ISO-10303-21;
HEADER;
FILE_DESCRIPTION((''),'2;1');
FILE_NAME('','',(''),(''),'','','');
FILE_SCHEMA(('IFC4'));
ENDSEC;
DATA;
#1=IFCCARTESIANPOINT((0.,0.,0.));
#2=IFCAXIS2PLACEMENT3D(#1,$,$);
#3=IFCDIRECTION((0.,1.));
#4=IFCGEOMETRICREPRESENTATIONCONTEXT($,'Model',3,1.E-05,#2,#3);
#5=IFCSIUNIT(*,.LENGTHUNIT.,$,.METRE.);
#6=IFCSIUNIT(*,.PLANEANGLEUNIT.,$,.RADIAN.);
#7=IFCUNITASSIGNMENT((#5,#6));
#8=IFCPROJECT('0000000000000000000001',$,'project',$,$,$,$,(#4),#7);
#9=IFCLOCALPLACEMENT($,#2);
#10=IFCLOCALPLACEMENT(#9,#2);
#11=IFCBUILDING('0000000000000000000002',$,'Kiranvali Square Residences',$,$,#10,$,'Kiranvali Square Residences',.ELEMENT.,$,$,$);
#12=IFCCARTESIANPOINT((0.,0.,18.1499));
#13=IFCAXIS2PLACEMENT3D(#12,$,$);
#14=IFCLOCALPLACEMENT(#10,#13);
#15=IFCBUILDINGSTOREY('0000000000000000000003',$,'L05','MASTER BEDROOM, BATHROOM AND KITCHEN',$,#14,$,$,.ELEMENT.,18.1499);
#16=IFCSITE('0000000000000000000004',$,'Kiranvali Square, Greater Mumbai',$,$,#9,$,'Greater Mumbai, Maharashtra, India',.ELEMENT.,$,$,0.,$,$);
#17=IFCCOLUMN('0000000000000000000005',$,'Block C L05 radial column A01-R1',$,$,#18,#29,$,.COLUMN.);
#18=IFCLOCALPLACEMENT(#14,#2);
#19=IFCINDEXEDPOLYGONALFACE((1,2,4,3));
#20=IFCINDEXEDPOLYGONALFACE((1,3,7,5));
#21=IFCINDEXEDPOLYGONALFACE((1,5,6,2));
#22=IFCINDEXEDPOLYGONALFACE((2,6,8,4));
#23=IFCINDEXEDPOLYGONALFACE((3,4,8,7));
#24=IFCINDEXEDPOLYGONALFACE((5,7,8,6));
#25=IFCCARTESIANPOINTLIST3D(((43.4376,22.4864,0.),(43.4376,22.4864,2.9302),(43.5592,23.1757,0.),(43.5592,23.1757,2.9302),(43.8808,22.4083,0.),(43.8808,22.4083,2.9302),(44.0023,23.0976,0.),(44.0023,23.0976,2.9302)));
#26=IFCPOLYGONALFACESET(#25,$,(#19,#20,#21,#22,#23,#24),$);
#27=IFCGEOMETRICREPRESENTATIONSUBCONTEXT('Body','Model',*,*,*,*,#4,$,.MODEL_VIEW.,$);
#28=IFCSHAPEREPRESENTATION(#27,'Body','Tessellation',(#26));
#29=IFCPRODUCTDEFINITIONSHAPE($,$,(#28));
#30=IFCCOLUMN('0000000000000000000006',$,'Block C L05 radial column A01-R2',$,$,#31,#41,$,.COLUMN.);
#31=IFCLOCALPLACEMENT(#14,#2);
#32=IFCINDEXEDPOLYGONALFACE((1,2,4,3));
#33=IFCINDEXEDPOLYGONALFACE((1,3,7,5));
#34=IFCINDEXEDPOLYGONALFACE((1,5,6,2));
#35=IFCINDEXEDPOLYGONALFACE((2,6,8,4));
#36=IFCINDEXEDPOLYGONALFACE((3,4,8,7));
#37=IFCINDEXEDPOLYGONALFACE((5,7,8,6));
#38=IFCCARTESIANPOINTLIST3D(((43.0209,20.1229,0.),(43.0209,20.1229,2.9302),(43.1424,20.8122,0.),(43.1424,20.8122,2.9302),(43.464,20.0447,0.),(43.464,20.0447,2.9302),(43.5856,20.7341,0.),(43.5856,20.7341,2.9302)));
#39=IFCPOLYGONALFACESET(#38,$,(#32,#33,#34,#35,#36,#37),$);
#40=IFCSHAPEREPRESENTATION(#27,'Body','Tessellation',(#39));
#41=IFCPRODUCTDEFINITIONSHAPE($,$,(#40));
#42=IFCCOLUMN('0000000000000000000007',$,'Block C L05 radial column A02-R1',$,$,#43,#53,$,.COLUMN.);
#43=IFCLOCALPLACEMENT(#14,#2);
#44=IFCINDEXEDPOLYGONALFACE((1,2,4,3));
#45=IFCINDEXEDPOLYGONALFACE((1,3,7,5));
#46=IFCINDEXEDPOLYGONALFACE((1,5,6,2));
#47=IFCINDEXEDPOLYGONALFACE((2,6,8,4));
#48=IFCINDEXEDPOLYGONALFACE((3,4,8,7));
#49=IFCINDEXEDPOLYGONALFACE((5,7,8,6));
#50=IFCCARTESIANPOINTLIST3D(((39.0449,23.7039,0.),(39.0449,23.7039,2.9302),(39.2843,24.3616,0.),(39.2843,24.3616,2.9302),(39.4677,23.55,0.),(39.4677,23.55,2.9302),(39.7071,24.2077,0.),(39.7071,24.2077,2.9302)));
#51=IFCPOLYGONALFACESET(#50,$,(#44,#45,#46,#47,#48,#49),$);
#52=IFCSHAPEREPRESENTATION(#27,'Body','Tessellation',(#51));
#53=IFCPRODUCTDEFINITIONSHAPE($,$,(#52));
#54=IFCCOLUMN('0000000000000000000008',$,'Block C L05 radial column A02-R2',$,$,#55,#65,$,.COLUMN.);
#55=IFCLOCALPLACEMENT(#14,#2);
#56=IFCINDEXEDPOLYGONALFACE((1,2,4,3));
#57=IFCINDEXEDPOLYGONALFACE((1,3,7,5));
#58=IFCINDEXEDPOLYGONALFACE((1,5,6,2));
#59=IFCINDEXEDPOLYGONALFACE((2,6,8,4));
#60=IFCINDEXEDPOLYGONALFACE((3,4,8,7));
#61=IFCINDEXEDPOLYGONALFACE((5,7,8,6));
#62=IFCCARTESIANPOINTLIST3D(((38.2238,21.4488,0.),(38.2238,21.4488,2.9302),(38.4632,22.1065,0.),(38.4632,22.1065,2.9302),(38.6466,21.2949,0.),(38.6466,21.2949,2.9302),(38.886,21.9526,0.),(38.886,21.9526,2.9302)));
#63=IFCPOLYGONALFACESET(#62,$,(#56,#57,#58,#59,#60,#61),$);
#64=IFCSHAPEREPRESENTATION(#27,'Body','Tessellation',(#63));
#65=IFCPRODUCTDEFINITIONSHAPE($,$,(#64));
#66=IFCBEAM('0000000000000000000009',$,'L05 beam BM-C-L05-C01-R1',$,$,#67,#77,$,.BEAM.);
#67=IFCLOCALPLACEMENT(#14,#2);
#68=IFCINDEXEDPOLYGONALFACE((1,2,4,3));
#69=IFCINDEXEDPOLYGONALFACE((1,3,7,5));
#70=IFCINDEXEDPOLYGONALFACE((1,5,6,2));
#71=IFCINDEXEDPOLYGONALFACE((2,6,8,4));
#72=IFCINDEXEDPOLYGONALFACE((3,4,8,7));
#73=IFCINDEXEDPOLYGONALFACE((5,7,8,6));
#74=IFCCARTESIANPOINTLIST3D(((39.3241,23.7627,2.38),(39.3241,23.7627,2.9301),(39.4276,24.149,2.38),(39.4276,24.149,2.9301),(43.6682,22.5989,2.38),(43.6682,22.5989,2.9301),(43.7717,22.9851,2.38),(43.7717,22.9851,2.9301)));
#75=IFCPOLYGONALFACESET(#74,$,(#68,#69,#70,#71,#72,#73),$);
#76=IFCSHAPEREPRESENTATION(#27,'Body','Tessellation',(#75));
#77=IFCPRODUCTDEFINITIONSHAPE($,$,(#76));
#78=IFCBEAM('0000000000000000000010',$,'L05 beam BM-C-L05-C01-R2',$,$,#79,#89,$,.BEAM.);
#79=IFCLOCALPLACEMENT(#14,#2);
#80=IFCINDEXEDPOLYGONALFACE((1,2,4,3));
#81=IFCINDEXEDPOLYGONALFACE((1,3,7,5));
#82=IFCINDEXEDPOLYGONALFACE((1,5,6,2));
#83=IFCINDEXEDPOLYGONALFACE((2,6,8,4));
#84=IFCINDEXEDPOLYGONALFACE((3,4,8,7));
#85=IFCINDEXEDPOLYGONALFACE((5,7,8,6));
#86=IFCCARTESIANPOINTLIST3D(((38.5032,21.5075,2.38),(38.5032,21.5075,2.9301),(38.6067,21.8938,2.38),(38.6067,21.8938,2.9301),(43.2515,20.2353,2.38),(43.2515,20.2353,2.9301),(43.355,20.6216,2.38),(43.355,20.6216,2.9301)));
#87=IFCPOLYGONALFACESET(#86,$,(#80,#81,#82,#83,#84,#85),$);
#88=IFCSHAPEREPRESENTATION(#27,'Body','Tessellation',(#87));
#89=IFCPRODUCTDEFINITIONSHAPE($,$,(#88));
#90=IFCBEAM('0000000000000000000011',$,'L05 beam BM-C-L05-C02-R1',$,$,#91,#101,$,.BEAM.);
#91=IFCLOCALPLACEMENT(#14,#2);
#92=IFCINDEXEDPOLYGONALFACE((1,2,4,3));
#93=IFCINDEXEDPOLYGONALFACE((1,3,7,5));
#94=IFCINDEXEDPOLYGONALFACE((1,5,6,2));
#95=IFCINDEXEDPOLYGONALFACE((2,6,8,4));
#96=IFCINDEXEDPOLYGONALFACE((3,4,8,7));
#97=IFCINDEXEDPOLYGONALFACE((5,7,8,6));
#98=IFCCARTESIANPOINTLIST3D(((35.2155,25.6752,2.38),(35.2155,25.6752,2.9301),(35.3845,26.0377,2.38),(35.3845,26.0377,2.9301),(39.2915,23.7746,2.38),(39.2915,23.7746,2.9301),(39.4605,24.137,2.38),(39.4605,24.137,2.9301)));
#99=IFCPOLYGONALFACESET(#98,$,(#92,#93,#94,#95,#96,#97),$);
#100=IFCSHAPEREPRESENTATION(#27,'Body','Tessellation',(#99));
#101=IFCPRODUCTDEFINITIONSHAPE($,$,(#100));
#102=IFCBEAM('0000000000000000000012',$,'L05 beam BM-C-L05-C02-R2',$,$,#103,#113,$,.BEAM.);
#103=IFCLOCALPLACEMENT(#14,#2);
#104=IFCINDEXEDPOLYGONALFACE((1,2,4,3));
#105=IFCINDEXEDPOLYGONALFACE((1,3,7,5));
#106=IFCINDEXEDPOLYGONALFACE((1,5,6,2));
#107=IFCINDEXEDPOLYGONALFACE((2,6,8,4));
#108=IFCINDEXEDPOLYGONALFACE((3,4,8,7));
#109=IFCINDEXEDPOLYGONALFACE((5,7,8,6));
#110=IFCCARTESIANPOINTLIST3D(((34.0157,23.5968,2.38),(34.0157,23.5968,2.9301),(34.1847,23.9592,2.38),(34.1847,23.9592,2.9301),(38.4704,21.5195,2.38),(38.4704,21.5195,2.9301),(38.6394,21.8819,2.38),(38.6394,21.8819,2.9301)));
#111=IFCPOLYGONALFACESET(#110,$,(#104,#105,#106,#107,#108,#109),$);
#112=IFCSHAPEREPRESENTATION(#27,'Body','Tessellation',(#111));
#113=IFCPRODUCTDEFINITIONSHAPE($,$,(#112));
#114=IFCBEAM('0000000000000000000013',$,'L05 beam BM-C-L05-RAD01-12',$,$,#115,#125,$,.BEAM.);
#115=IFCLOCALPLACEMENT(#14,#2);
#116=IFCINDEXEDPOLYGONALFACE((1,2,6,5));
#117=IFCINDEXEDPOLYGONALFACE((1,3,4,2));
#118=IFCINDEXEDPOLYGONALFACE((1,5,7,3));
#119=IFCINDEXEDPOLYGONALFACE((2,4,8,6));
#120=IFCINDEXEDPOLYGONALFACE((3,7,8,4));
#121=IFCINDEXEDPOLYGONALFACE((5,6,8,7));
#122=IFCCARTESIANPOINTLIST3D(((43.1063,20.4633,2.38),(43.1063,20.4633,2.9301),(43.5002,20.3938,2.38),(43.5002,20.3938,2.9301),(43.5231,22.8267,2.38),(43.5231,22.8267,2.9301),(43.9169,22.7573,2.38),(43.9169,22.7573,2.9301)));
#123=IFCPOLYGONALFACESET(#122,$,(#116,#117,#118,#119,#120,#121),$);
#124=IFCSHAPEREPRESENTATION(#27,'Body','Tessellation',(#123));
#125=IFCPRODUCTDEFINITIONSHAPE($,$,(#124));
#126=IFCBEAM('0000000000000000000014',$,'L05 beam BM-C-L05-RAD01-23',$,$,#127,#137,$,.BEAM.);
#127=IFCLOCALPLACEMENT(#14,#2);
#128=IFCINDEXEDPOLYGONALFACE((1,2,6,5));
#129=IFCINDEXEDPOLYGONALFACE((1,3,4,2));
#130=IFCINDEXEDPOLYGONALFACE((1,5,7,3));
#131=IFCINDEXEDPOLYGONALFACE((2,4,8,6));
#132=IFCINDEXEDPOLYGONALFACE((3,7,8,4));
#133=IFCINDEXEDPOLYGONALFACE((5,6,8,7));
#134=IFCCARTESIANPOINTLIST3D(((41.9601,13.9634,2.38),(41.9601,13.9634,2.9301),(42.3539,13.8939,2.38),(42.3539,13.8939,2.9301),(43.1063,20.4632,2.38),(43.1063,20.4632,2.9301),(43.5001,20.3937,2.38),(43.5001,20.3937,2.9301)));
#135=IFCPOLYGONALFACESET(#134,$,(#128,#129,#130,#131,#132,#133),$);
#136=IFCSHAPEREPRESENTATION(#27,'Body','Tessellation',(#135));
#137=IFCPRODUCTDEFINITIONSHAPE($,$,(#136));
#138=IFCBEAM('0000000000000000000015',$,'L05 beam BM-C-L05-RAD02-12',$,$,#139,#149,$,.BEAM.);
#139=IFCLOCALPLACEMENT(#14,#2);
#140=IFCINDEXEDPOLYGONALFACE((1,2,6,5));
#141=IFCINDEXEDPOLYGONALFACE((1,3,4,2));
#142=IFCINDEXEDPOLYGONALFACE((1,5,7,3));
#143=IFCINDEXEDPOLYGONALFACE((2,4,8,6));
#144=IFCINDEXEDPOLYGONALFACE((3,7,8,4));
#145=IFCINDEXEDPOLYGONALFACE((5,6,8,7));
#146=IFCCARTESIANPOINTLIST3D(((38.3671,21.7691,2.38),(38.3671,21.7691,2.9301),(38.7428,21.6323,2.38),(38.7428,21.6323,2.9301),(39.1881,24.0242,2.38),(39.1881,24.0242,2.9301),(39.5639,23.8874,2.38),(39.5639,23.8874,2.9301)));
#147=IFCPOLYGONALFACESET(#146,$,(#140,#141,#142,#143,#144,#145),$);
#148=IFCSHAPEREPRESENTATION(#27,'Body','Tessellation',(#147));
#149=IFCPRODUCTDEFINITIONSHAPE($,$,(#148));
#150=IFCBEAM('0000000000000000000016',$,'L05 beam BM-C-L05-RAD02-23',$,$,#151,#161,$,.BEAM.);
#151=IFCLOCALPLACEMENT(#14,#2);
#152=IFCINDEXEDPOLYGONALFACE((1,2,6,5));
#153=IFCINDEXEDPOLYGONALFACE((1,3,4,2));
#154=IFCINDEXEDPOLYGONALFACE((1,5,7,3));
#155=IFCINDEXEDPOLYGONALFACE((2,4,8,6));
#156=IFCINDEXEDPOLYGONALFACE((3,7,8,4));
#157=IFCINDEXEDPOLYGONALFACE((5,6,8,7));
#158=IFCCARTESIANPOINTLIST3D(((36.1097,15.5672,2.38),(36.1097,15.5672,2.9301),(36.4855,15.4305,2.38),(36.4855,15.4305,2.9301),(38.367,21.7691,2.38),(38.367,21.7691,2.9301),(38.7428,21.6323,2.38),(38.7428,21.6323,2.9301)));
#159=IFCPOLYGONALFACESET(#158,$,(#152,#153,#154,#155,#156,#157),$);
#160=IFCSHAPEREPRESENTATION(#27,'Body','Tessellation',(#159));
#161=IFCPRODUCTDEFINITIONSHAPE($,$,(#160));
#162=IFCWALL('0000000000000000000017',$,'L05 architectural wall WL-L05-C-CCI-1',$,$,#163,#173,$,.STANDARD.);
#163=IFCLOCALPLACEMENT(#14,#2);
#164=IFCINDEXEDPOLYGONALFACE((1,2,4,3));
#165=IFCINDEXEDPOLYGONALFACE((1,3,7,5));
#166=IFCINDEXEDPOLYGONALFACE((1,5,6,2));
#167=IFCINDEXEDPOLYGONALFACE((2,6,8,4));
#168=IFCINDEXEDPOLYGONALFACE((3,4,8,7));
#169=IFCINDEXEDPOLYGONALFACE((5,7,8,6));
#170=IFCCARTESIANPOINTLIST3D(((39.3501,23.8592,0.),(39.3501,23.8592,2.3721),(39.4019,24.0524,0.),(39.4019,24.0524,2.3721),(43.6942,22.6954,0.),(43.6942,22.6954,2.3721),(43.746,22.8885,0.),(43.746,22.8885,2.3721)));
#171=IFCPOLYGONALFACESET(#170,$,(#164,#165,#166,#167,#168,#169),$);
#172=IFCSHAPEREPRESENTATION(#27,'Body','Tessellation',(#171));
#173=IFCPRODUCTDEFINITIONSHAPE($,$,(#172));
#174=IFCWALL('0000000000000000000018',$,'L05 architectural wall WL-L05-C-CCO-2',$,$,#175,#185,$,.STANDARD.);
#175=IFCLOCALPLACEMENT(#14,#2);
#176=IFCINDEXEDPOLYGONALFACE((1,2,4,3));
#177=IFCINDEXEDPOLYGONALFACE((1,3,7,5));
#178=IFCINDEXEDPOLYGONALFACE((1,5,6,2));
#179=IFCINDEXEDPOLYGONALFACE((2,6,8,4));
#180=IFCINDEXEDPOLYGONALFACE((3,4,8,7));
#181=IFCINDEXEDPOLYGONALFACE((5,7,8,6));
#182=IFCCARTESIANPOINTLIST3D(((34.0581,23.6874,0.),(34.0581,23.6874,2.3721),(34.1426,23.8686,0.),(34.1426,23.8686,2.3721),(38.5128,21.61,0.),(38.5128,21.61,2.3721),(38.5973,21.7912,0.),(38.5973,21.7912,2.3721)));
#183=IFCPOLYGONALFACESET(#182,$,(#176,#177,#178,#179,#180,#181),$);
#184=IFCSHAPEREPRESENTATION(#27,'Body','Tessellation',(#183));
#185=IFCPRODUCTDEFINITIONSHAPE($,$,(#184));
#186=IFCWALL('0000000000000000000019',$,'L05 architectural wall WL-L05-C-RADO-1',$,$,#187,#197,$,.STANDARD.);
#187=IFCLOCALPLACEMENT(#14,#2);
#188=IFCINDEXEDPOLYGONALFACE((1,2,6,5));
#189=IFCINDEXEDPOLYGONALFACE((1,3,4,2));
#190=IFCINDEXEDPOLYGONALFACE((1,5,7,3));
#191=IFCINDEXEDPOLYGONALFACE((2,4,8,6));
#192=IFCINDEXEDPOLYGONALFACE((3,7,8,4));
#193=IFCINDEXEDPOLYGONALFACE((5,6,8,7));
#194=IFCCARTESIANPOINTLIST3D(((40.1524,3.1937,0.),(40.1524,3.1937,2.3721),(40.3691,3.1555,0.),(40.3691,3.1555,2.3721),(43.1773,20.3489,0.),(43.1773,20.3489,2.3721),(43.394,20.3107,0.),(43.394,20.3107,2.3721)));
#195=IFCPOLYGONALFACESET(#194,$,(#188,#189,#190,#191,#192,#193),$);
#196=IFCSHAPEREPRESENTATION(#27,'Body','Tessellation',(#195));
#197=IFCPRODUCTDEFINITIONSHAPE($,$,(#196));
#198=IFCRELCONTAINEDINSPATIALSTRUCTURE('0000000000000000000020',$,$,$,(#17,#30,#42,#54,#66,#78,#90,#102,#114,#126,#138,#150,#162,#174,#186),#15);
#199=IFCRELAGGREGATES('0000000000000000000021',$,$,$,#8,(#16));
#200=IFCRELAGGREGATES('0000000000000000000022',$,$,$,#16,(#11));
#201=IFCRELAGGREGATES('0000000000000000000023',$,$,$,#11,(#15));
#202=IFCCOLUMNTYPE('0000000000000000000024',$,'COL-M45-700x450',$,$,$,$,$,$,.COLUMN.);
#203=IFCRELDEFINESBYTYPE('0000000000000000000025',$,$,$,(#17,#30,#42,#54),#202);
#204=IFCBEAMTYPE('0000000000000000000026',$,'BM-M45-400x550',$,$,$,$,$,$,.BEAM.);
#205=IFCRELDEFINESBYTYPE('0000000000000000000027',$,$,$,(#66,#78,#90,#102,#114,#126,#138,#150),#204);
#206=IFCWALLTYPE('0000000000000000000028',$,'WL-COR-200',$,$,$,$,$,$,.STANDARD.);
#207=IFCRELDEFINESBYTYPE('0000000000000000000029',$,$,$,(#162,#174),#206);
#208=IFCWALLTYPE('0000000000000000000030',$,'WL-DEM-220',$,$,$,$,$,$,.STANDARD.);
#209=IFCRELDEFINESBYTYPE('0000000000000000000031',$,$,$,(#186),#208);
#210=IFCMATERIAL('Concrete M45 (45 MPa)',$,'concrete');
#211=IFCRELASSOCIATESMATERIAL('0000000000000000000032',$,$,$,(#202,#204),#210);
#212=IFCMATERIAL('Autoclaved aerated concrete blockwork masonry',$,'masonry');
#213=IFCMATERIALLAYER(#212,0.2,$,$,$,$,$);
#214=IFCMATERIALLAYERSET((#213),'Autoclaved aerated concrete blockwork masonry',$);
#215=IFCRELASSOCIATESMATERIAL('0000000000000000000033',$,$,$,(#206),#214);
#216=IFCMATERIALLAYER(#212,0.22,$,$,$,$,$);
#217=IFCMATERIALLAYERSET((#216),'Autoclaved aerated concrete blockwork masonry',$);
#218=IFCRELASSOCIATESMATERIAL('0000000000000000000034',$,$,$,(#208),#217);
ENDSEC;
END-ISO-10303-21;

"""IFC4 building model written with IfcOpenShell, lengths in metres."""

from ifc_helpers import new_model, si_unit, direction, frame, frame_2d, origin, origin_2d, place, context, subcontext, project, spatial, rectangle, extrude, material, layer, layer_set, material_profile, profile_set, type_object, element, save


model = new_model("IFC4")

# Units and contexts
model_context = context("Model", 3, precision=1e-05, world=origin(), true_north=direction((0.0, 1.0)))
body_context = subcontext(model_context, "Body", "Model", "MODEL_VIEW")
ifc_project = project(units=[si_unit("LENGTHUNIT", "METRE"), si_unit("PLANEANGLEUNIT", "RADIAN")], contexts=[model_context])

# Site, building, storey
site_placement = place(None, origin())
site = spatial("IfcSite", under=ifc_project, at=site_placement, Name="Kiranvali Square, Greater Mumbai", LongName="Greater Mumbai, Maharashtra, India", CompositionType="ELEMENT", RefElevation=0.0)
building_placement = place(site_placement, origin())
building = spatial("IfcBuilding", under=site, at=building_placement, Name="Kiranvali Square Residences", LongName="Kiranvali Square Residences", CompositionType="ELEMENT")
storey_placement = place(building_placement, frame((0.0, 0.0, 18.1499)))
storey = spatial("IfcBuildingStorey", under=building, at=storey_placement, Name="L05", Description="MASTER BEDROOM, BATHROOM AND KITCHEN", CompositionType="ELEMENT", Elevation=18.1499)

# Columns
ifc_material_1 = material(Name="Concrete M45 (45 MPa)", Category="concrete")
ifc_material_profile_1 = material_profile(ifc_material_1, rectangle(XDim=0.45, YDim=0.7, at=origin_2d()), Name="RC 700x450")
ifc_profile_set_1 = profile_set([ifc_material_profile_1], Name="Concrete M45 (45 MPa)")
column_type = type_object("IfcColumnType", Name="COL-M45-700x450", PredefinedType="COLUMN", material=ifc_profile_set_1)
for number, where, z_axis, x_axis, name in (
    (1, (43.72, 22.792, 0.0), (0.0, 0.0, 1.0), (-0.984808, 0.173648, 0.0), "Block C L05 radial column A01-R1"),
    (2, (43.3032, 20.4285, 0.0), (0.0, 0.0, 1.0), (-0.984808, 0.173648, 0.0), "Block C L05 radial column A01-R2"),
    (3, (39.376, 23.9558, 0.0), (0.0, 0.0, 1.0), (-0.939693, 0.34202, 0.0), "Block C L05 radial column A02-R1"),
    (4, (38.5549, 21.7007, 0.0), (0.0, 0.0, 1.0), (-0.939693, 0.34202, 0.0), "Block C L05 radial column A02-R2"),
):
    element("IfcColumn", number, at=place(storey_placement, frame(where, z_axis=z_axis, x_axis=x_axis)), inside=storey, type_object=column_type, Name=name, PredefinedType="COLUMN", context=body_context, shape_type="SweptSolid", body=[
        extrude(rectangle(XDim=0.45, YDim=0.7, at=origin_2d()), origin(), (0.0, 0.0, 1.0), 2.9302),
    ])

# Beams
ifc_material_profile_2 = material_profile(ifc_material_1, rectangle(XDim=0.3999, YDim=0.55, at=origin_2d()), Name="RC 400x550")
ifc_profile_set_2 = profile_set([ifc_material_profile_2], Name="Concrete M45 (45 MPa)")
beam_type = type_object("IfcBeamType", Name="BM-M45-400x550", PredefinedType="BEAM", material=ifc_profile_set_2)
beam_1_placement = place(storey_placement, frame((43.72, 22.792, 2.655), z_axis=(-0.965934, 0.258788, 0.0), x_axis=(-0.258788, -0.965934, 0.0)))
element("IfcBeam", 5, at=beam_1_placement, inside=storey, type_object=beam_type, Name="L05 beam BM-C-L05-C01-R1", PredefinedType="BEAM", context=body_context, shape_type="SweptSolid", body=[
    extrude(rectangle(XDim=0.3999, YDim=0.55, at=origin_2d()), origin(), (0.0, 0.0, 1.0), 4.4973),
])
beam_2_placement = place(storey_placement, frame((43.3032, 20.4285, 2.655), z_axis=(-0.96593, 0.258803, 0.0), x_axis=(-0.258803, -0.96593, 0.0)))
element("IfcBeam", 6, at=beam_2_placement, inside=storey, type_object=beam_type, Name="L05 beam BM-C-L05-C01-R2", PredefinedType="BEAM", context=body_context, shape_type="SweptSolid", body=[
    extrude(rectangle(XDim=0.3999, YDim=0.55, at=origin_2d()), origin(), (0.0, 0.0, 1.0), 4.9158),
])
beam_3_placement = place(storey_placement, frame((39.376, 23.9558, 2.655), z_axis=(-0.906308, 0.422618, 0.0), x_axis=(-0.422618, -0.906308, 0.0)))
element("IfcBeam", 7, at=beam_3_placement, inside=storey, type_object=beam_type, Name="L05 beam BM-C-L05-C02-R1", PredefinedType="BEAM", context=body_context, shape_type="SweptSolid", body=[
    extrude(rectangle(XDim=0.3999, YDim=0.55, at=origin_2d()), origin(), (0.0, 0.0, 1.0), 4.4973),
])
beam_4_placement = place(storey_placement, frame((38.5549, 21.7007, 2.655), z_axis=(-0.906302, 0.42263, 0.0), x_axis=(-0.42263, -0.906302, 0.0)))
element("IfcBeam", 8, at=beam_4_placement, inside=storey, type_object=beam_type, Name="L05 beam BM-C-L05-C02-R2", PredefinedType="BEAM", context=body_context, shape_type="SweptSolid", body=[
    extrude(rectangle(XDim=0.3999, YDim=0.55, at=origin_2d()), origin(), (0.0, 0.0, 1.0), 4.9153),
])
beam_5_placement = place(storey_placement, frame((43.72, 22.792, 2.655), z_axis=(-0.173646, -0.984808, 0.0), x_axis=(0.984808, -0.173646, 0.0)))
element("IfcBeam", 9, at=beam_5_placement, inside=storey, type_object=beam_type, Name="L05 beam BM-C-L05-RAD01-12", PredefinedType="BEAM", context=body_context, shape_type="SweptSolid", body=[
    extrude(rectangle(XDim=0.3999, YDim=0.55, at=origin_2d()), origin(), (0.0, 0.0, 1.0), 2.3999),
])
beam_6_placement = place(storey_placement, frame((43.3032, 20.4285, 2.655), z_axis=(-0.173671, -0.984804, 0.0), x_axis=(0.984804, -0.173671, 0.0)))
element("IfcBeam", 10, at=beam_6_placement, inside=storey, type_object=beam_type, Name="L05 beam BM-C-L05-RAD01-23", PredefinedType="BEAM", context=body_context, shape_type="SweptSolid", body=[
    extrude(rectangle(XDim=0.3999, YDim=0.55, at=origin_2d()), origin(), (0.0, 0.0, 1.0), 6.6001),
])
beam_7_placement = place(storey_placement, frame((39.376, 23.9558, 2.655), z_axis=(-0.342111, -0.93966, 0.0), x_axis=(0.93966, -0.342111, 0.0)))
element("IfcBeam", 11, at=beam_7_placement, inside=storey, type_object=beam_type, Name="L05 beam BM-C-L05-RAD02-12", PredefinedType="BEAM", context=body_context, shape_type="SweptSolid", body=[
    extrude(rectangle(XDim=0.3999, YDim=0.55, at=origin_2d()), origin(), (0.0, 0.0, 1.0), 2.3999),
])
beam_8_placement = place(storey_placement, frame((38.5549, 21.7007, 2.655), z_axis=(-0.342022, -0.939692, 0.0), x_axis=(0.939692, -0.342022, 0.0)))
element("IfcBeam", 12, at=beam_8_placement, inside=storey, type_object=beam_type, Name="L05 beam BM-C-L05-RAD02-23", PredefinedType="BEAM", context=body_context, shape_type="SweptSolid", body=[
    extrude(rectangle(XDim=0.3999, YDim=0.55, at=origin_2d()), origin(), (0.0, 0.0, 1.0), 6.5999),
])

# Wall
ifc_material_2 = material(Name="Autoclaved aerated concrete blockwork masonry", Category="masonry")
ifc_layer_1 = layer(ifc_material_2, 0.2)
ifc_layer_set_1 = layer_set([ifc_layer_1], Name="Autoclaved aerated concrete blockwork masonry")
wall_type_1 = type_object("IfcWallType", Name="WL-COR-200", PredefinedType="STANDARD", material=ifc_layer_set_1)
wall_1_placement = place(storey_placement, frame((43.72, 22.792, 0.0), z_axis=(0.0, 0.0, 1.0), x_axis=(-0.965934, 0.258788, 0.0)))
element("IfcWall", 13, at=wall_1_placement, inside=storey, type_object=wall_type_1, Name="L05 architectural wall WL-L05-C-CCI-1", PredefinedType="STANDARD", context=body_context, shape_type="SweptSolid", body=[
    extrude(rectangle(XDim=4.4973, YDim=0.2, at=frame_2d((2.2485, 0.0))), origin(), (0.0, 0.0, 1.0), 2.3721),
])

# Walls
wall_2_placement = place(storey_placement, frame((38.5549, 21.7007, 0.0), z_axis=(0.0, 0.0, 1.0), x_axis=(-0.906302, 0.42263, 0.0)))
element("IfcWall", 14, at=wall_2_placement, inside=storey, type_object=wall_type_1, Name="L05 architectural wall WL-L05-C-CCO-2", PredefinedType="STANDARD", context=body_context, shape_type="SweptSolid", body=[
    extrude(rectangle(XDim=4.9153, YDim=0.2, at=frame_2d((2.4575, 0.0))), origin(), (0.0, 0.0, 1.0), 2.3721),
])
ifc_layer_2 = layer(ifc_material_2, 0.22)
ifc_layer_set_2 = layer_set([ifc_layer_2], Name="Autoclaved aerated concrete blockwork masonry")
wall_type_2 = type_object("IfcWallType", Name="WL-DEM-220", PredefinedType="STANDARD", material=ifc_layer_set_2)
wall_3_placement = place(storey_placement, frame((43.2856, 20.3298, 0.0), z_axis=(0.0, 0.0, 1.0), x_axis=(-0.173646, -0.984808, 0.0)))
element("IfcWall", 15, at=wall_3_placement, inside=storey, type_object=wall_type_2, Name="L05 architectural wall WL-L05-C-RADO-1", PredefinedType="STANDARD", context=body_context, shape_type="SweptSolid", body=[
    extrude(rectangle(XDim=17.4199, YDim=0.22, at=frame_2d((8.71, 0.0))), origin(), (0.0, 0.0, 1.0), 2.3721),
])

save(model, "model.ifc")
